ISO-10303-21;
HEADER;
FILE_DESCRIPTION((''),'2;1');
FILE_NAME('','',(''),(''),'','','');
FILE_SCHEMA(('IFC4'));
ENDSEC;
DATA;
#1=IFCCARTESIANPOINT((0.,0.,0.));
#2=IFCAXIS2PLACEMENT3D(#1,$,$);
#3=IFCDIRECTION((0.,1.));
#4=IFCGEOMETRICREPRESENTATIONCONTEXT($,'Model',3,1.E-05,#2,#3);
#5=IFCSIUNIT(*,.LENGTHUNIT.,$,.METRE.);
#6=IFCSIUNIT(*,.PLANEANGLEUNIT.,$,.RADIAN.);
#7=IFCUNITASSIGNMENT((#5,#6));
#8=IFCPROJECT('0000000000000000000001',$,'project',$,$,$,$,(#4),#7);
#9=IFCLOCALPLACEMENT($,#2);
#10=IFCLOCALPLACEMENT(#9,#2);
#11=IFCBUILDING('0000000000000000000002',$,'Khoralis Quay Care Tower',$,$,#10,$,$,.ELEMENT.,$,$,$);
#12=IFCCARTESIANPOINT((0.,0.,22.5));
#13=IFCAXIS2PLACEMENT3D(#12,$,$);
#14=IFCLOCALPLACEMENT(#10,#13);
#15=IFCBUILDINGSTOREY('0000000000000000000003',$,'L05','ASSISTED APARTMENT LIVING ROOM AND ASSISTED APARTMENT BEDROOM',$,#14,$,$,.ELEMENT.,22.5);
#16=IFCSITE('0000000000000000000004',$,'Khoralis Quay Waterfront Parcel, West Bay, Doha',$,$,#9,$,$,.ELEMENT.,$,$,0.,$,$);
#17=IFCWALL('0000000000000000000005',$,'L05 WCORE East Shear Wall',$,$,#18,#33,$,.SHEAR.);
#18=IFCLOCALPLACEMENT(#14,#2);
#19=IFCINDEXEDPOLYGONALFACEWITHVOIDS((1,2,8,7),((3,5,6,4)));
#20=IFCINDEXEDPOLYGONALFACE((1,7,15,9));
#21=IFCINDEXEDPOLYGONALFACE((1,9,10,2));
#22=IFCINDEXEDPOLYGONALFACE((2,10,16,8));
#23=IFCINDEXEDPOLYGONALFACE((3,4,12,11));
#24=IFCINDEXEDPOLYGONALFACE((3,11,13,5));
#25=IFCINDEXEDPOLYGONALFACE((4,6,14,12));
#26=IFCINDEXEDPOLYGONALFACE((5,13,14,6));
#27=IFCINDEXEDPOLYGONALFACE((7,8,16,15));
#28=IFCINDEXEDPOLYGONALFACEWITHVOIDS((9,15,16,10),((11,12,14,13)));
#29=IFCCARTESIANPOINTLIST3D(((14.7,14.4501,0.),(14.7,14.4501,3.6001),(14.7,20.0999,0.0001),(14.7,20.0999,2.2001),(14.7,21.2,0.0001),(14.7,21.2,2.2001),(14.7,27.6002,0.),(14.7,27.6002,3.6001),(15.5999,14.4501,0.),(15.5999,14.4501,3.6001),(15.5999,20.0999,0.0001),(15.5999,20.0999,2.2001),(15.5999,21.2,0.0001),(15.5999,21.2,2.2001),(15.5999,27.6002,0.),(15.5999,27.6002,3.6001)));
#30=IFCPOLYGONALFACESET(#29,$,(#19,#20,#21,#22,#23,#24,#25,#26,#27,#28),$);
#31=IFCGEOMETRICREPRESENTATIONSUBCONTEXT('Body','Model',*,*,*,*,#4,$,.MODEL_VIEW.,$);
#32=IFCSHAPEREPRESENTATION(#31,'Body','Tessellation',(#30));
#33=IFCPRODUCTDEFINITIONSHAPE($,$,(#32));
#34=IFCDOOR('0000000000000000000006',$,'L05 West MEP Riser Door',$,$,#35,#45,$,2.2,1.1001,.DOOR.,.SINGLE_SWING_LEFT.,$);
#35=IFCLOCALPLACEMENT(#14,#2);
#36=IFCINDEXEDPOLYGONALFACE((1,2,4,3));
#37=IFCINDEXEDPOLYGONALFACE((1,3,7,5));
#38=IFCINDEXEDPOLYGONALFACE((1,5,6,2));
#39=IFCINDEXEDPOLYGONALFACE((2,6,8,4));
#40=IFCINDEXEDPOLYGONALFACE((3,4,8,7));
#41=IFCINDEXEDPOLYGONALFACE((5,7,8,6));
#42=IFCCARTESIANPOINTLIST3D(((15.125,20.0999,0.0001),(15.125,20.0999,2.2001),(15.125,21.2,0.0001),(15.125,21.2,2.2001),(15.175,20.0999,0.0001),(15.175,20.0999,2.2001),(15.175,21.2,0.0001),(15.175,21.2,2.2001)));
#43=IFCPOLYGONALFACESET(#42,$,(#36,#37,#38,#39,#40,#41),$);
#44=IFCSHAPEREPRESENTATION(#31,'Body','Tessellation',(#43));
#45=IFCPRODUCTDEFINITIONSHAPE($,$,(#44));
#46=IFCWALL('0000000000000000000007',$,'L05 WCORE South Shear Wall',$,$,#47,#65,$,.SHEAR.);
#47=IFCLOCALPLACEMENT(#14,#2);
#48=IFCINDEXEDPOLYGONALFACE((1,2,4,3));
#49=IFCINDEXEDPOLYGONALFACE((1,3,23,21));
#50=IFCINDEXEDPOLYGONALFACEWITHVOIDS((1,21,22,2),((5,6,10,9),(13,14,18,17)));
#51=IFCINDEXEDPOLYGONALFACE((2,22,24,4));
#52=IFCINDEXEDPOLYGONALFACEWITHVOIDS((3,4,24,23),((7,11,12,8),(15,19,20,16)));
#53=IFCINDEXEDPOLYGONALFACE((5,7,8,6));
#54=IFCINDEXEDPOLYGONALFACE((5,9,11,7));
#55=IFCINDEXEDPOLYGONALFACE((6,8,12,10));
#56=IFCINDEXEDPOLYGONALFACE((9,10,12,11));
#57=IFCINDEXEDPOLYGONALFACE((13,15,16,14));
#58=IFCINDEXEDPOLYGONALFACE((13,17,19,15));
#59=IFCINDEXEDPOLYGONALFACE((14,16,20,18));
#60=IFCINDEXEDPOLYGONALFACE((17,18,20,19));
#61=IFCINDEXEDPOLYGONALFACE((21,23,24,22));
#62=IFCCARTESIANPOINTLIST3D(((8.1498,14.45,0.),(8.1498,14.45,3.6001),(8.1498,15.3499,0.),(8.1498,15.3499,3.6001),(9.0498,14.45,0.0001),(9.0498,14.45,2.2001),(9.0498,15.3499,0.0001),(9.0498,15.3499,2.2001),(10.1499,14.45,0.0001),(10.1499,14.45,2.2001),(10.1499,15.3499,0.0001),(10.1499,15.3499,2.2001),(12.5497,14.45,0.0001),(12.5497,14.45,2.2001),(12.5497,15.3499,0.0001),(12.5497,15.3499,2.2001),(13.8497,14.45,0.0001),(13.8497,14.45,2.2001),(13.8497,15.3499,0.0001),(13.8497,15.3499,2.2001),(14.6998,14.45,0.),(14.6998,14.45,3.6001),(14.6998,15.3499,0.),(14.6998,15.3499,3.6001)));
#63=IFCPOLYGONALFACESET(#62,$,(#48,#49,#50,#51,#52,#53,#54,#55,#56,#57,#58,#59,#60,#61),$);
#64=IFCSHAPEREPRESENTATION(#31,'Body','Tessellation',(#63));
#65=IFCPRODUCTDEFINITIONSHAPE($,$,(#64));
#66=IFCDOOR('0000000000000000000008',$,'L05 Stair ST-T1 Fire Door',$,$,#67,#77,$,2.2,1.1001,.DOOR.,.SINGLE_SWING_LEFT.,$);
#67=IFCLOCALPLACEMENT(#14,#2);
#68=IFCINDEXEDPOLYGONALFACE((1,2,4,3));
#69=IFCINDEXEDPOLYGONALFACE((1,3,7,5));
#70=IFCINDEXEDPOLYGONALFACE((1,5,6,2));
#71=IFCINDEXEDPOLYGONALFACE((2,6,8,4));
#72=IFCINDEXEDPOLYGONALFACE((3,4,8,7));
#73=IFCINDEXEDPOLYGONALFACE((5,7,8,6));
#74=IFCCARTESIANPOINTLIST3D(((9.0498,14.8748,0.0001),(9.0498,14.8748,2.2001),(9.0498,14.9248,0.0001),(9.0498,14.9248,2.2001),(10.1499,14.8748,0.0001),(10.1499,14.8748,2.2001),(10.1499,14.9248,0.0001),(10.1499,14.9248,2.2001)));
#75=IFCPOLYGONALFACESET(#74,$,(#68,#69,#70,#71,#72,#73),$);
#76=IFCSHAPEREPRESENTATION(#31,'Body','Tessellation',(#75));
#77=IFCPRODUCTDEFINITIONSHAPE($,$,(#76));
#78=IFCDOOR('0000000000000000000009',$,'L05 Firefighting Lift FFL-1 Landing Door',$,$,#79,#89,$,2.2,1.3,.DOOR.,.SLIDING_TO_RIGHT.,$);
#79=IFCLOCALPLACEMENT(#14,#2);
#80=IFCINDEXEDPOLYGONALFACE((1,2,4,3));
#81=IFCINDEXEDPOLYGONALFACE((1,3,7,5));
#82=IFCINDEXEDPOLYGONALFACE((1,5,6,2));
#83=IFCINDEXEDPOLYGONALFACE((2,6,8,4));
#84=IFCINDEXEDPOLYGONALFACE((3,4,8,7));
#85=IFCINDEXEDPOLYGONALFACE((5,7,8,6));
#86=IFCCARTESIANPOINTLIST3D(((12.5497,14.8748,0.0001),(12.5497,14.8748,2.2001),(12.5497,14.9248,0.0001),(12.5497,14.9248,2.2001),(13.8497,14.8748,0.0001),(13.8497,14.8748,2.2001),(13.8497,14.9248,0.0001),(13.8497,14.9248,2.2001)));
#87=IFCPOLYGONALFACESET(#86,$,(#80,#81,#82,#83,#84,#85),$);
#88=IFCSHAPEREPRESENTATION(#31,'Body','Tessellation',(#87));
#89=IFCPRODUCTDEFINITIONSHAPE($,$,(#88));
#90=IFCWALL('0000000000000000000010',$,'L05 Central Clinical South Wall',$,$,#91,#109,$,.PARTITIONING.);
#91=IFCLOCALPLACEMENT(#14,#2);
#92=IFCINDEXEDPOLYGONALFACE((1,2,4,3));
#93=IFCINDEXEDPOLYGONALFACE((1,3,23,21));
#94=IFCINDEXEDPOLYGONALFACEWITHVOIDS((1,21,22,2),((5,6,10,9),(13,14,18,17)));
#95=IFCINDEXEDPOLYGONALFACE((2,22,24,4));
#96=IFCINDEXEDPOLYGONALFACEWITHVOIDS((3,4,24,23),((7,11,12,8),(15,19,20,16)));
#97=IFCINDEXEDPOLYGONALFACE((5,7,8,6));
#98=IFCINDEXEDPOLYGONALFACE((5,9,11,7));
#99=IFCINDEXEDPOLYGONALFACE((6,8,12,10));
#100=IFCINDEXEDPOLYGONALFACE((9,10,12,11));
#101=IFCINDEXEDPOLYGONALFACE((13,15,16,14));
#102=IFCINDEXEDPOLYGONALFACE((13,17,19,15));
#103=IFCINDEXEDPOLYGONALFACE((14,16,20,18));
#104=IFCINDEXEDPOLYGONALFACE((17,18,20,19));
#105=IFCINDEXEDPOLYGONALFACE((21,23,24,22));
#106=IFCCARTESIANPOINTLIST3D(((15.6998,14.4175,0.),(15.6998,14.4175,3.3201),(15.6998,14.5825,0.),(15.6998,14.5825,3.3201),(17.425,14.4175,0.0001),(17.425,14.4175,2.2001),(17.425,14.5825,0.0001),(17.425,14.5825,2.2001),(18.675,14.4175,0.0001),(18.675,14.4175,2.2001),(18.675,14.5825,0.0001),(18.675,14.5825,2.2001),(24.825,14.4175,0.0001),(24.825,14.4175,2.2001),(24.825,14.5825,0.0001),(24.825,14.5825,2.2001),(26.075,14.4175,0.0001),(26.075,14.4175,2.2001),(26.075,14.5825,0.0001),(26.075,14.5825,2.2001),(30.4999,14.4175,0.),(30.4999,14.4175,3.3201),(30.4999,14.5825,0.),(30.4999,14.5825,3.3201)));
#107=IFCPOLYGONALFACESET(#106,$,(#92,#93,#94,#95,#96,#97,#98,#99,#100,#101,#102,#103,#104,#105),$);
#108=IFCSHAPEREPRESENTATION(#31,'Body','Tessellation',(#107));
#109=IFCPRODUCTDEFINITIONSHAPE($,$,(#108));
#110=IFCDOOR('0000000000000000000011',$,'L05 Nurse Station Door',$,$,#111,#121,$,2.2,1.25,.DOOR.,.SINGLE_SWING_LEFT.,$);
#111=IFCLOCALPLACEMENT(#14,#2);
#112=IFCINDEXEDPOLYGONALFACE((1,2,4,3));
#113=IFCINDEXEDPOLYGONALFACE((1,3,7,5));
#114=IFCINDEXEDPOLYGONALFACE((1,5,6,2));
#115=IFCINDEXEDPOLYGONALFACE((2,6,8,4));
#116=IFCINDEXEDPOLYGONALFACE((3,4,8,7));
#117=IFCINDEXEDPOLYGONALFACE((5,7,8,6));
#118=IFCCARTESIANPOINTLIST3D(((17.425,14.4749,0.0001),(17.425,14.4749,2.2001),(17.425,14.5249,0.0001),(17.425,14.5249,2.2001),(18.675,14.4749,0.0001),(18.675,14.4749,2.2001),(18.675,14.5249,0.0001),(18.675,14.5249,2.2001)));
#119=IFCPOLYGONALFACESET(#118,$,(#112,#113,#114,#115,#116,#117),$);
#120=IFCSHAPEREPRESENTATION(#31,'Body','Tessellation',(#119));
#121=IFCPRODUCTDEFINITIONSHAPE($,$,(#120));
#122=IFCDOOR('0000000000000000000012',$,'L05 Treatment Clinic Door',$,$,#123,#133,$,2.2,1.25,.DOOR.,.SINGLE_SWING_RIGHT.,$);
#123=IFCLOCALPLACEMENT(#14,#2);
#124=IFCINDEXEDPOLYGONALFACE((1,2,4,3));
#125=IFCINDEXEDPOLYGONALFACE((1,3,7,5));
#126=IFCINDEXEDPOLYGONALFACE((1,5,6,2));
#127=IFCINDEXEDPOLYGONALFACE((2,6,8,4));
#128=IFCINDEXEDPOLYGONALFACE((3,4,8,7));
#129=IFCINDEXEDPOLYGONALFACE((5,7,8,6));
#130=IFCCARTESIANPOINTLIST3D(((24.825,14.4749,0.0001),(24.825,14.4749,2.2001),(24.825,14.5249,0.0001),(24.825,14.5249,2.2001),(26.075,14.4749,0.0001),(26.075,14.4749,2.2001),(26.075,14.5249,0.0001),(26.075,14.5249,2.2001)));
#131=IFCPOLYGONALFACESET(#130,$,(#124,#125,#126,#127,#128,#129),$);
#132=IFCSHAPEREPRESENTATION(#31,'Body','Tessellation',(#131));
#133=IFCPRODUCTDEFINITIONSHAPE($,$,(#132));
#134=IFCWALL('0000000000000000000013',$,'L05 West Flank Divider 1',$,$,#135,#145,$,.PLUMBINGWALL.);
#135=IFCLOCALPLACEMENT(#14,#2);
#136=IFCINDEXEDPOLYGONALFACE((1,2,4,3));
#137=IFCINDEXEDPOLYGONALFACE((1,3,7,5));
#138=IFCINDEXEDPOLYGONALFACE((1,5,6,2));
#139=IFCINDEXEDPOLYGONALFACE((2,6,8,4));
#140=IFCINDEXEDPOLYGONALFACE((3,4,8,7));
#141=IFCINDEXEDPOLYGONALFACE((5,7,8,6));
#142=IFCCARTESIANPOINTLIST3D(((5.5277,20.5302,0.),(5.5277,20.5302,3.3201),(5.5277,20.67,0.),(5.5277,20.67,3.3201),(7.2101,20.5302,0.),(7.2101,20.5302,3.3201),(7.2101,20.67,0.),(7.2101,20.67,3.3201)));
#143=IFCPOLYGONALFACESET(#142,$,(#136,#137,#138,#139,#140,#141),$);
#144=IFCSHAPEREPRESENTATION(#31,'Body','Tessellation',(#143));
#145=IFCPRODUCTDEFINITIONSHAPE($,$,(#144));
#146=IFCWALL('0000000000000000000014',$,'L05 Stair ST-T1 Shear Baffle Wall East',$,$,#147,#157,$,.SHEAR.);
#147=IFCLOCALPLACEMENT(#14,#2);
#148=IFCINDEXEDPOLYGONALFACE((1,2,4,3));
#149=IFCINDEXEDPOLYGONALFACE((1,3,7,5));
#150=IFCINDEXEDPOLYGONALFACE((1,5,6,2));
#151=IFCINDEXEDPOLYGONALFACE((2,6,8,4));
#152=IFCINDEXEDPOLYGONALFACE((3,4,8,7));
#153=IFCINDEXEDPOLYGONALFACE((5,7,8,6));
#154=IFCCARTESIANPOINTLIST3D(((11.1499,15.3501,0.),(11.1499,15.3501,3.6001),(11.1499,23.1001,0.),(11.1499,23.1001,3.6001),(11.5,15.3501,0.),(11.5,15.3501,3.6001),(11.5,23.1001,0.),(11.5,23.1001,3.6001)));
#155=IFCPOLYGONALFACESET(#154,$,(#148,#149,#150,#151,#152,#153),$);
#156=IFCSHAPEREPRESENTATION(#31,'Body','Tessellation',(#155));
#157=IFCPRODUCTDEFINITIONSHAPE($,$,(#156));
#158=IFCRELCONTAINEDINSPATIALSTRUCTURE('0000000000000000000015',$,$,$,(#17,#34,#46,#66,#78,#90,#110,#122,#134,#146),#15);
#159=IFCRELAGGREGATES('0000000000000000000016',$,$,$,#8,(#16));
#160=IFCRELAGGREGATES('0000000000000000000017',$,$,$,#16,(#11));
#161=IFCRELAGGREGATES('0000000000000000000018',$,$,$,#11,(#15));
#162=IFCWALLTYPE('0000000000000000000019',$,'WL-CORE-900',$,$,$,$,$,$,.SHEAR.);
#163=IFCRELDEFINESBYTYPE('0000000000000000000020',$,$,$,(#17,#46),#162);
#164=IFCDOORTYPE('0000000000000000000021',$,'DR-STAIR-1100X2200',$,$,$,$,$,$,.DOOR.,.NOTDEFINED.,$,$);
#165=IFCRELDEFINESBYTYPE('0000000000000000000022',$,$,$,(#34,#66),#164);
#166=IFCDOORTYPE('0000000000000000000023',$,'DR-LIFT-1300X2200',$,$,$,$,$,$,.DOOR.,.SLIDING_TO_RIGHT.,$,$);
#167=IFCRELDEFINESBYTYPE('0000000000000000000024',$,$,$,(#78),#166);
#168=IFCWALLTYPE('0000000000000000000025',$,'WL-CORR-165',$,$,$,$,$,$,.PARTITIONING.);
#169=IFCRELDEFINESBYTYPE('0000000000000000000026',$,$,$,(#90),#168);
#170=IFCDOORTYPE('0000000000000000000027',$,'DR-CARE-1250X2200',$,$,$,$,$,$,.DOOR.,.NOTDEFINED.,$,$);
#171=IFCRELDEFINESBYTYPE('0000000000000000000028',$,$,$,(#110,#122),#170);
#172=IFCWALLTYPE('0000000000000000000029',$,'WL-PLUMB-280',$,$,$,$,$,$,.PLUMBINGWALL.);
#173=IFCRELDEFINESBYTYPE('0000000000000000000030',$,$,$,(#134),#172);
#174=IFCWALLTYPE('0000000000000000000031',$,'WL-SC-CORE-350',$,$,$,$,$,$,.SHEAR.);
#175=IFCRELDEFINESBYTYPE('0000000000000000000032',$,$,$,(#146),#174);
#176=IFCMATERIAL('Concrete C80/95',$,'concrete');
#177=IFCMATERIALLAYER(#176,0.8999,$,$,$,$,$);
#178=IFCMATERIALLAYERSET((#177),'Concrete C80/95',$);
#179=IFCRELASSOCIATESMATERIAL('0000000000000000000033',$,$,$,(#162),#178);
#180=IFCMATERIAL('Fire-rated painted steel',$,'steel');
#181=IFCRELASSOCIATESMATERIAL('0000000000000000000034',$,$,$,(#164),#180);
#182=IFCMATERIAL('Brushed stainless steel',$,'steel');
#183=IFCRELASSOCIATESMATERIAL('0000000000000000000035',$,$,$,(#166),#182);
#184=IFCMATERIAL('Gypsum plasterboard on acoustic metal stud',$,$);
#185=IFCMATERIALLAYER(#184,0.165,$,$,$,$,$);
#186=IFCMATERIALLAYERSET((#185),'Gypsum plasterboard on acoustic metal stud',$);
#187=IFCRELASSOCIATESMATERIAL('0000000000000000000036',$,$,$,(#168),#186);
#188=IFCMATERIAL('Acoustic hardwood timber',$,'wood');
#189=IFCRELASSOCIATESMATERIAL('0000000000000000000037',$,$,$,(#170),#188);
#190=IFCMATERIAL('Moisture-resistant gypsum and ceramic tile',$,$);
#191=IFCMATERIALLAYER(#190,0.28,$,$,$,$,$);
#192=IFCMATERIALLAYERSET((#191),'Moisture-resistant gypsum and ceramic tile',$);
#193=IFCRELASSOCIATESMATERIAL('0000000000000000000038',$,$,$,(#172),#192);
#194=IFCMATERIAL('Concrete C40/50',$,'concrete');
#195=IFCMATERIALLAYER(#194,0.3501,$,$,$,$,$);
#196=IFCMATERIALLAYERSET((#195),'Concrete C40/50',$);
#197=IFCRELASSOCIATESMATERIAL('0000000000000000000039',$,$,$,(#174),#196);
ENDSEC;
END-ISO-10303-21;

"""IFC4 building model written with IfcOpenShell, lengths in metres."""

from ifc_helpers import new_model, si_unit, direction, frame, frame_2d, origin, place, context, subcontext, project, spatial, rectangle, extrude, source, transform, mapped, material, layer, layer_set, type_object, element, fill, save


model = new_model("IFC4")

# Units and contexts
model_context = context("Model", 3, precision=1e-05, world=origin(), true_north=direction((0.0, 1.0)))
body_context = subcontext(model_context, "Body", "Model", "MODEL_VIEW")
ifc_project = project(units=[si_unit("LENGTHUNIT", "METRE"), si_unit("PLANEANGLEUNIT", "RADIAN")], contexts=[model_context])

# Site, building, storey
site_placement = place(None, origin())
site = spatial("IfcSite", under=ifc_project, at=site_placement, Name="Khoralis Quay Waterfront Parcel, West Bay, Doha", CompositionType="ELEMENT", RefElevation=0.0)
building_placement = place(site_placement, origin())
building = spatial("IfcBuilding", under=site, at=building_placement, Name="Khoralis Quay Care Tower", CompositionType="ELEMENT")
storey_placement = place(building_placement, frame((0.0, 0.0, 22.5)))
storey = spatial("IfcBuildingStorey", under=building, at=storey_placement, Name="L05", Description="ASSISTED APARTMENT LIVING ROOM AND ASSISTED APARTMENT BEDROOM", CompositionType="ELEMENT", Elevation=22.5)

# Shared definitions
ifc_material_1 = material(Name="Concrete C80/95", Category="concrete")

# Shared definitions
ifc_material_2 = material(Name="Gypsum plasterboard on acoustic metal stud")
ifc_layer_1 = layer(ifc_material_1, 0.8999)
ifc_layer_set_1 = layer_set([ifc_layer_1], Name="Concrete C80/95")
wall_type_1 = type_object("IfcWallType", Name="WL-CORE-900", PredefinedType="SHEAR", material=ifc_layer_set_1)

# Wall, opening, door
wall_1_placement = place(storey_placement, frame((15.1499, 14.45, 0.0), z_axis=(0.0, 0.0, 1.0), x_axis=(0.0, 1.0, 0.0)))
wall_1 = element("IfcWall", 1, at=wall_1_placement, inside=storey, type_object=wall_type_1, Name="L05 WCORE East Shear Wall", PredefinedType="SHEAR", context=body_context, shape_type="SweptSolid", body=[
    extrude(rectangle(XDim=13.1501, YDim=0.8999, at=frame_2d((6.5752, 0.0))), origin(), (0.0, 0.0, 1.0), 3.6001),
])
opening_1_placement = place(wall_1_placement, frame((5.6499, 0.0, 0.0)))
opening_1 = element("IfcOpeningElement", 2, at=opening_1_placement, cuts=wall_1, PredefinedType="OPENING", context=body_context, shape_type="SweptSolid", body=[
    extrude(rectangle(XDim=1.1001, YDim=2.2, at=frame_2d((0.55, 1.1001))), frame((0.0, 0.46, 0.0), z_axis=(0.0, -1.0, 0.0), x_axis=(1.0, 0.0, 0.0)), (0.0, 0.0, 1.0), 0.9199),
])
ifc_material_3 = material(Name="Fire-rated painted steel", Category="steel")
door_type_1 = type_object("IfcDoorType", Name="DR-STAIR-1100X2200", OperationType="NOTDEFINED", PredefinedType="DOOR", material=ifc_material_3)
shared_shape_1 = source(origin(), body_context, "Body", "SweptSolid", [
    extrude(rectangle(XDim=1.1001, YDim=2.2, at=frame_2d((0.55, 1.1001))), frame((0.0, 0.0249, 0.0), z_axis=(0.0, -1.0, 0.0), x_axis=(1.0, 0.0, 0.0)), (0.0, 0.0, 1.0), 0.05),
])
door_1_placement = place(opening_1_placement, origin())
door_1 = element("IfcDoor", 3, at=door_1_placement, inside=storey, type_object=door_type_1, Name="L05 West MEP Riser Door", OperationType="SINGLE_SWING_LEFT", OverallHeight=2.2, OverallWidth=1.1001, PredefinedType="DOOR", context=body_context, shape_type="MappedRepresentation", body=[
    mapped(shared_shape_1, transform((0.0, 0.0, 0.0), scale=1.0)),
])
fill(opening_1, door_1)

# Walls, openings, doors
wall_2_placement = place(storey_placement, frame((8.1499, 14.8999, 0.0), z_axis=(0.0, 0.0, 1.0), x_axis=(1.0, 0.0, 0.0)))
wall_2 = element("IfcWall", 4, at=wall_2_placement, inside=storey, type_object=wall_type_1, Name="L05 WCORE South Shear Wall", PredefinedType="SHEAR", context=body_context, shape_type="SweptSolid", body=[
    extrude(rectangle(XDim=6.55, YDim=0.8999, at=frame_2d((3.2749, 0.0))), origin(), (0.0, 0.0, 1.0), 3.6001),
])
opening_2_placement = place(wall_2_placement, frame((0.8999, 0.0, 0.0)))
opening_2 = element("IfcOpeningElement", 5, at=opening_2_placement, cuts=wall_2, PredefinedType="OPENING", context=body_context, shape_type="SweptSolid", body=[
    extrude(rectangle(XDim=1.1001, YDim=2.2, at=frame_2d((0.55, 1.1001))), frame((0.0, 0.46, 0.0), z_axis=(0.0, -1.0, 0.0), x_axis=(1.0, 0.0, 0.0)), (0.0, 0.0, 1.0), 0.9199),
])
opening_3_placement = place(wall_2_placement, frame((4.3999, 0.0, 0.0)))
opening_3 = element("IfcOpeningElement", 6, at=opening_3_placement, cuts=wall_2, PredefinedType="OPENING", context=body_context, shape_type="SweptSolid", body=[
    extrude(rectangle(XDim=1.3, YDim=2.2, at=frame_2d((0.6499, 1.1001))), frame((0.0, 0.46, 0.0), z_axis=(0.0, -1.0, 0.0), x_axis=(1.0, 0.0, 0.0)), (0.0, 0.0, 1.0), 0.9199),
])
door_2_placement = place(opening_2_placement, origin())
door_2 = element("IfcDoor", 7, at=door_2_placement, inside=storey, type_object=door_type_1, Name="L05 Stair ST-T1 Fire Door", OperationType="SINGLE_SWING_LEFT", OverallHeight=2.2, OverallWidth=1.1001, PredefinedType="DOOR", context=body_context, shape_type="MappedRepresentation", body=[
    mapped(shared_shape_1, transform((0.0, 0.0, 0.0), scale=1.0)),
])
fill(opening_2, door_2)
ifc_material_4 = material(Name="Brushed stainless steel", Category="steel")
door_type_2 = type_object("IfcDoorType", Name="DR-LIFT-1300X2200", OperationType="SLIDING_TO_RIGHT", PredefinedType="DOOR", material=ifc_material_4)
shared_shape_2 = source(origin(), body_context, "Body", "SweptSolid", [
    extrude(rectangle(XDim=1.3, YDim=2.2, at=frame_2d((0.6499, 1.1001))), frame((0.0, 0.0249, 0.0), z_axis=(0.0, -1.0, 0.0), x_axis=(1.0, 0.0, 0.0)), (0.0, 0.0, 1.0), 0.05),
])
door_3_placement = place(opening_3_placement, origin())
door_3 = element("IfcDoor", 8, at=door_3_placement, inside=storey, type_object=door_type_2, Name="L05 Firefighting Lift FFL-1 Landing Door", OperationType="SLIDING_TO_RIGHT", OverallHeight=2.2, OverallWidth=1.3, PredefinedType="DOOR", context=body_context, shape_type="MappedRepresentation", body=[
    mapped(shared_shape_2, transform((0.0, 0.0, 0.0), scale=1.0)),
])
fill(opening_3, door_3)
ifc_layer_2 = layer(ifc_material_2, 0.165)
ifc_layer_set_2 = layer_set([ifc_layer_2], Name="Gypsum plasterboard on acoustic metal stud")
wall_type_2 = type_object("IfcWallType", Name="WL-CORR-165", PredefinedType="PARTITIONING", material=ifc_layer_set_2)
wall_3_placement = place(storey_placement, frame((15.7, 14.5, 0.0), z_axis=(0.0, 0.0, 1.0), x_axis=(1.0, 0.0, 0.0)))
wall_3 = element("IfcWall", 9, at=wall_3_placement, inside=storey, type_object=wall_type_2, Name="L05 Central Clinical South Wall", PredefinedType="PARTITIONING", context=body_context, shape_type="SweptSolid", body=[
    extrude(rectangle(XDim=14.8, YDim=0.165, at=frame_2d((7.3999, 0.0))), origin(), (0.0, 0.0, 1.0), 3.3201),
])
opening_4_placement = place(wall_3_placement, frame((1.7251, 0.0, 0.0)))
opening_4 = element("IfcOpeningElement", 10, at=opening_4_placement, cuts=wall_3, PredefinedType="OPENING", context=body_context, shape_type="SweptSolid", body=[
    extrude(rectangle(XDim=1.25, YDim=2.2, at=frame_2d((0.625, 1.1001))), frame((0.0, 0.0925, 0.0), z_axis=(0.0, -1.0, 0.0), x_axis=(1.0, 0.0, 0.0)), (0.0, 0.0, 1.0), 0.1851),
])
opening_5_placement = place(wall_3_placement, frame((9.125, 0.0, 0.0)))
opening_5 = element("IfcOpeningElement", 11, at=opening_5_placement, cuts=wall_3, PredefinedType="OPENING", context=body_context, shape_type="SweptSolid", body=[
    extrude(rectangle(XDim=1.25, YDim=2.2, at=frame_2d((0.625, 1.1001))), frame((0.0, 0.0925, 0.0), z_axis=(0.0, -1.0, 0.0), x_axis=(1.0, 0.0, 0.0)), (0.0, 0.0, 1.0), 0.1851),
])
ifc_material_5 = material(Name="Acoustic hardwood timber", Category="wood")
door_type_3 = type_object("IfcDoorType", Name="DR-CARE-1250X2200", OperationType="NOTDEFINED", PredefinedType="DOOR", material=ifc_material_5)
shared_shape_3 = source(origin(), body_context, "Body", "SweptSolid", [
    extrude(rectangle(XDim=1.25, YDim=2.2, at=frame_2d((0.625, 1.1001))), frame((0.0, 0.0249, 0.0), z_axis=(0.0, -1.0, 0.0), x_axis=(1.0, 0.0, 0.0)), (0.0, 0.0, 1.0), 0.05),
])
door_4_placement = place(opening_4_placement, origin())
door_4 = element("IfcDoor", 12, at=door_4_placement, inside=storey, type_object=door_type_3, Name="L05 Nurse Station Door", OperationType="SINGLE_SWING_LEFT", OverallHeight=2.2, OverallWidth=1.25, PredefinedType="DOOR", context=body_context, shape_type="MappedRepresentation", body=[
    mapped(shared_shape_3, transform((0.0, 0.0, 0.0), scale=1.0)),
])
fill(opening_4, door_4)
door_5_placement = place(opening_5_placement, origin())
door_5 = element("IfcDoor", 13, at=door_5_placement, inside=storey, type_object=door_type_3, Name="L05 Treatment Clinic Door", OperationType="SINGLE_SWING_RIGHT", OverallHeight=2.2, OverallWidth=1.25, PredefinedType="DOOR", context=body_context, shape_type="MappedRepresentation", body=[
    mapped(shared_shape_3, transform((0.0, 0.0, 0.0), scale=1.0)),
])
fill(opening_5, door_5)

# Walls
ifc_material_6 = material(Name="Moisture-resistant gypsum and ceramic tile")
ifc_layer_3 = layer(ifc_material_6, 0.28)
ifc_layer_set_3 = layer_set([ifc_layer_3], Name="Moisture-resistant gypsum and ceramic tile")
wall_type_3 = type_object("IfcWallType", Name="WL-PLUMB-280", PredefinedType="PLUMBINGWALL", material=ifc_layer_set_3)
wall_4_placement = place(storey_placement, frame((5.5276, 20.6001, 0.0), z_axis=(0.0, 0.0, 1.0), x_axis=(1.0, 0.0, 0.0)))
element("IfcWall", 14, at=wall_4_placement, inside=storey, type_object=wall_type_3, Name="L05 West Flank Divider 1", PredefinedType="PLUMBINGWALL", context=body_context, shape_type="SweptSolid", body=[
    extrude(rectangle(XDim=1.6824, YDim=0.1399, at=frame_2d((0.8413, 0.0))), origin(), (0.0, 0.0, 1.0), 3.3201),
])
ifc_material_7 = material(Name="Concrete C40/50", Category="concrete")
ifc_layer_4 = layer(ifc_material_7, 0.3501)
ifc_layer_set_4 = layer_set([ifc_layer_4], Name="Concrete C40/50")
wall_type_4 = type_object("IfcWallType", Name="WL-SC-CORE-350", PredefinedType="SHEAR", material=ifc_layer_set_4)
wall_5_placement = place(storey_placement, frame((11.325, 15.3501, 0.0), z_axis=(0.0, 0.0, 1.0), x_axis=(0.0, 1.0, 0.0)))
element("IfcWall", 15, at=wall_5_placement, inside=storey, type_object=wall_type_4, Name="L05 Stair ST-T1 Shear Baffle Wall East", PredefinedType="SHEAR", context=body_context, shape_type="SweptSolid", body=[
    extrude(rectangle(XDim=7.75, YDim=0.3501, at=frame_2d((3.875, 0.0))), origin(), (0.0, 0.0, 1.0), 3.6001),
])

save(model, "model.ifc")
